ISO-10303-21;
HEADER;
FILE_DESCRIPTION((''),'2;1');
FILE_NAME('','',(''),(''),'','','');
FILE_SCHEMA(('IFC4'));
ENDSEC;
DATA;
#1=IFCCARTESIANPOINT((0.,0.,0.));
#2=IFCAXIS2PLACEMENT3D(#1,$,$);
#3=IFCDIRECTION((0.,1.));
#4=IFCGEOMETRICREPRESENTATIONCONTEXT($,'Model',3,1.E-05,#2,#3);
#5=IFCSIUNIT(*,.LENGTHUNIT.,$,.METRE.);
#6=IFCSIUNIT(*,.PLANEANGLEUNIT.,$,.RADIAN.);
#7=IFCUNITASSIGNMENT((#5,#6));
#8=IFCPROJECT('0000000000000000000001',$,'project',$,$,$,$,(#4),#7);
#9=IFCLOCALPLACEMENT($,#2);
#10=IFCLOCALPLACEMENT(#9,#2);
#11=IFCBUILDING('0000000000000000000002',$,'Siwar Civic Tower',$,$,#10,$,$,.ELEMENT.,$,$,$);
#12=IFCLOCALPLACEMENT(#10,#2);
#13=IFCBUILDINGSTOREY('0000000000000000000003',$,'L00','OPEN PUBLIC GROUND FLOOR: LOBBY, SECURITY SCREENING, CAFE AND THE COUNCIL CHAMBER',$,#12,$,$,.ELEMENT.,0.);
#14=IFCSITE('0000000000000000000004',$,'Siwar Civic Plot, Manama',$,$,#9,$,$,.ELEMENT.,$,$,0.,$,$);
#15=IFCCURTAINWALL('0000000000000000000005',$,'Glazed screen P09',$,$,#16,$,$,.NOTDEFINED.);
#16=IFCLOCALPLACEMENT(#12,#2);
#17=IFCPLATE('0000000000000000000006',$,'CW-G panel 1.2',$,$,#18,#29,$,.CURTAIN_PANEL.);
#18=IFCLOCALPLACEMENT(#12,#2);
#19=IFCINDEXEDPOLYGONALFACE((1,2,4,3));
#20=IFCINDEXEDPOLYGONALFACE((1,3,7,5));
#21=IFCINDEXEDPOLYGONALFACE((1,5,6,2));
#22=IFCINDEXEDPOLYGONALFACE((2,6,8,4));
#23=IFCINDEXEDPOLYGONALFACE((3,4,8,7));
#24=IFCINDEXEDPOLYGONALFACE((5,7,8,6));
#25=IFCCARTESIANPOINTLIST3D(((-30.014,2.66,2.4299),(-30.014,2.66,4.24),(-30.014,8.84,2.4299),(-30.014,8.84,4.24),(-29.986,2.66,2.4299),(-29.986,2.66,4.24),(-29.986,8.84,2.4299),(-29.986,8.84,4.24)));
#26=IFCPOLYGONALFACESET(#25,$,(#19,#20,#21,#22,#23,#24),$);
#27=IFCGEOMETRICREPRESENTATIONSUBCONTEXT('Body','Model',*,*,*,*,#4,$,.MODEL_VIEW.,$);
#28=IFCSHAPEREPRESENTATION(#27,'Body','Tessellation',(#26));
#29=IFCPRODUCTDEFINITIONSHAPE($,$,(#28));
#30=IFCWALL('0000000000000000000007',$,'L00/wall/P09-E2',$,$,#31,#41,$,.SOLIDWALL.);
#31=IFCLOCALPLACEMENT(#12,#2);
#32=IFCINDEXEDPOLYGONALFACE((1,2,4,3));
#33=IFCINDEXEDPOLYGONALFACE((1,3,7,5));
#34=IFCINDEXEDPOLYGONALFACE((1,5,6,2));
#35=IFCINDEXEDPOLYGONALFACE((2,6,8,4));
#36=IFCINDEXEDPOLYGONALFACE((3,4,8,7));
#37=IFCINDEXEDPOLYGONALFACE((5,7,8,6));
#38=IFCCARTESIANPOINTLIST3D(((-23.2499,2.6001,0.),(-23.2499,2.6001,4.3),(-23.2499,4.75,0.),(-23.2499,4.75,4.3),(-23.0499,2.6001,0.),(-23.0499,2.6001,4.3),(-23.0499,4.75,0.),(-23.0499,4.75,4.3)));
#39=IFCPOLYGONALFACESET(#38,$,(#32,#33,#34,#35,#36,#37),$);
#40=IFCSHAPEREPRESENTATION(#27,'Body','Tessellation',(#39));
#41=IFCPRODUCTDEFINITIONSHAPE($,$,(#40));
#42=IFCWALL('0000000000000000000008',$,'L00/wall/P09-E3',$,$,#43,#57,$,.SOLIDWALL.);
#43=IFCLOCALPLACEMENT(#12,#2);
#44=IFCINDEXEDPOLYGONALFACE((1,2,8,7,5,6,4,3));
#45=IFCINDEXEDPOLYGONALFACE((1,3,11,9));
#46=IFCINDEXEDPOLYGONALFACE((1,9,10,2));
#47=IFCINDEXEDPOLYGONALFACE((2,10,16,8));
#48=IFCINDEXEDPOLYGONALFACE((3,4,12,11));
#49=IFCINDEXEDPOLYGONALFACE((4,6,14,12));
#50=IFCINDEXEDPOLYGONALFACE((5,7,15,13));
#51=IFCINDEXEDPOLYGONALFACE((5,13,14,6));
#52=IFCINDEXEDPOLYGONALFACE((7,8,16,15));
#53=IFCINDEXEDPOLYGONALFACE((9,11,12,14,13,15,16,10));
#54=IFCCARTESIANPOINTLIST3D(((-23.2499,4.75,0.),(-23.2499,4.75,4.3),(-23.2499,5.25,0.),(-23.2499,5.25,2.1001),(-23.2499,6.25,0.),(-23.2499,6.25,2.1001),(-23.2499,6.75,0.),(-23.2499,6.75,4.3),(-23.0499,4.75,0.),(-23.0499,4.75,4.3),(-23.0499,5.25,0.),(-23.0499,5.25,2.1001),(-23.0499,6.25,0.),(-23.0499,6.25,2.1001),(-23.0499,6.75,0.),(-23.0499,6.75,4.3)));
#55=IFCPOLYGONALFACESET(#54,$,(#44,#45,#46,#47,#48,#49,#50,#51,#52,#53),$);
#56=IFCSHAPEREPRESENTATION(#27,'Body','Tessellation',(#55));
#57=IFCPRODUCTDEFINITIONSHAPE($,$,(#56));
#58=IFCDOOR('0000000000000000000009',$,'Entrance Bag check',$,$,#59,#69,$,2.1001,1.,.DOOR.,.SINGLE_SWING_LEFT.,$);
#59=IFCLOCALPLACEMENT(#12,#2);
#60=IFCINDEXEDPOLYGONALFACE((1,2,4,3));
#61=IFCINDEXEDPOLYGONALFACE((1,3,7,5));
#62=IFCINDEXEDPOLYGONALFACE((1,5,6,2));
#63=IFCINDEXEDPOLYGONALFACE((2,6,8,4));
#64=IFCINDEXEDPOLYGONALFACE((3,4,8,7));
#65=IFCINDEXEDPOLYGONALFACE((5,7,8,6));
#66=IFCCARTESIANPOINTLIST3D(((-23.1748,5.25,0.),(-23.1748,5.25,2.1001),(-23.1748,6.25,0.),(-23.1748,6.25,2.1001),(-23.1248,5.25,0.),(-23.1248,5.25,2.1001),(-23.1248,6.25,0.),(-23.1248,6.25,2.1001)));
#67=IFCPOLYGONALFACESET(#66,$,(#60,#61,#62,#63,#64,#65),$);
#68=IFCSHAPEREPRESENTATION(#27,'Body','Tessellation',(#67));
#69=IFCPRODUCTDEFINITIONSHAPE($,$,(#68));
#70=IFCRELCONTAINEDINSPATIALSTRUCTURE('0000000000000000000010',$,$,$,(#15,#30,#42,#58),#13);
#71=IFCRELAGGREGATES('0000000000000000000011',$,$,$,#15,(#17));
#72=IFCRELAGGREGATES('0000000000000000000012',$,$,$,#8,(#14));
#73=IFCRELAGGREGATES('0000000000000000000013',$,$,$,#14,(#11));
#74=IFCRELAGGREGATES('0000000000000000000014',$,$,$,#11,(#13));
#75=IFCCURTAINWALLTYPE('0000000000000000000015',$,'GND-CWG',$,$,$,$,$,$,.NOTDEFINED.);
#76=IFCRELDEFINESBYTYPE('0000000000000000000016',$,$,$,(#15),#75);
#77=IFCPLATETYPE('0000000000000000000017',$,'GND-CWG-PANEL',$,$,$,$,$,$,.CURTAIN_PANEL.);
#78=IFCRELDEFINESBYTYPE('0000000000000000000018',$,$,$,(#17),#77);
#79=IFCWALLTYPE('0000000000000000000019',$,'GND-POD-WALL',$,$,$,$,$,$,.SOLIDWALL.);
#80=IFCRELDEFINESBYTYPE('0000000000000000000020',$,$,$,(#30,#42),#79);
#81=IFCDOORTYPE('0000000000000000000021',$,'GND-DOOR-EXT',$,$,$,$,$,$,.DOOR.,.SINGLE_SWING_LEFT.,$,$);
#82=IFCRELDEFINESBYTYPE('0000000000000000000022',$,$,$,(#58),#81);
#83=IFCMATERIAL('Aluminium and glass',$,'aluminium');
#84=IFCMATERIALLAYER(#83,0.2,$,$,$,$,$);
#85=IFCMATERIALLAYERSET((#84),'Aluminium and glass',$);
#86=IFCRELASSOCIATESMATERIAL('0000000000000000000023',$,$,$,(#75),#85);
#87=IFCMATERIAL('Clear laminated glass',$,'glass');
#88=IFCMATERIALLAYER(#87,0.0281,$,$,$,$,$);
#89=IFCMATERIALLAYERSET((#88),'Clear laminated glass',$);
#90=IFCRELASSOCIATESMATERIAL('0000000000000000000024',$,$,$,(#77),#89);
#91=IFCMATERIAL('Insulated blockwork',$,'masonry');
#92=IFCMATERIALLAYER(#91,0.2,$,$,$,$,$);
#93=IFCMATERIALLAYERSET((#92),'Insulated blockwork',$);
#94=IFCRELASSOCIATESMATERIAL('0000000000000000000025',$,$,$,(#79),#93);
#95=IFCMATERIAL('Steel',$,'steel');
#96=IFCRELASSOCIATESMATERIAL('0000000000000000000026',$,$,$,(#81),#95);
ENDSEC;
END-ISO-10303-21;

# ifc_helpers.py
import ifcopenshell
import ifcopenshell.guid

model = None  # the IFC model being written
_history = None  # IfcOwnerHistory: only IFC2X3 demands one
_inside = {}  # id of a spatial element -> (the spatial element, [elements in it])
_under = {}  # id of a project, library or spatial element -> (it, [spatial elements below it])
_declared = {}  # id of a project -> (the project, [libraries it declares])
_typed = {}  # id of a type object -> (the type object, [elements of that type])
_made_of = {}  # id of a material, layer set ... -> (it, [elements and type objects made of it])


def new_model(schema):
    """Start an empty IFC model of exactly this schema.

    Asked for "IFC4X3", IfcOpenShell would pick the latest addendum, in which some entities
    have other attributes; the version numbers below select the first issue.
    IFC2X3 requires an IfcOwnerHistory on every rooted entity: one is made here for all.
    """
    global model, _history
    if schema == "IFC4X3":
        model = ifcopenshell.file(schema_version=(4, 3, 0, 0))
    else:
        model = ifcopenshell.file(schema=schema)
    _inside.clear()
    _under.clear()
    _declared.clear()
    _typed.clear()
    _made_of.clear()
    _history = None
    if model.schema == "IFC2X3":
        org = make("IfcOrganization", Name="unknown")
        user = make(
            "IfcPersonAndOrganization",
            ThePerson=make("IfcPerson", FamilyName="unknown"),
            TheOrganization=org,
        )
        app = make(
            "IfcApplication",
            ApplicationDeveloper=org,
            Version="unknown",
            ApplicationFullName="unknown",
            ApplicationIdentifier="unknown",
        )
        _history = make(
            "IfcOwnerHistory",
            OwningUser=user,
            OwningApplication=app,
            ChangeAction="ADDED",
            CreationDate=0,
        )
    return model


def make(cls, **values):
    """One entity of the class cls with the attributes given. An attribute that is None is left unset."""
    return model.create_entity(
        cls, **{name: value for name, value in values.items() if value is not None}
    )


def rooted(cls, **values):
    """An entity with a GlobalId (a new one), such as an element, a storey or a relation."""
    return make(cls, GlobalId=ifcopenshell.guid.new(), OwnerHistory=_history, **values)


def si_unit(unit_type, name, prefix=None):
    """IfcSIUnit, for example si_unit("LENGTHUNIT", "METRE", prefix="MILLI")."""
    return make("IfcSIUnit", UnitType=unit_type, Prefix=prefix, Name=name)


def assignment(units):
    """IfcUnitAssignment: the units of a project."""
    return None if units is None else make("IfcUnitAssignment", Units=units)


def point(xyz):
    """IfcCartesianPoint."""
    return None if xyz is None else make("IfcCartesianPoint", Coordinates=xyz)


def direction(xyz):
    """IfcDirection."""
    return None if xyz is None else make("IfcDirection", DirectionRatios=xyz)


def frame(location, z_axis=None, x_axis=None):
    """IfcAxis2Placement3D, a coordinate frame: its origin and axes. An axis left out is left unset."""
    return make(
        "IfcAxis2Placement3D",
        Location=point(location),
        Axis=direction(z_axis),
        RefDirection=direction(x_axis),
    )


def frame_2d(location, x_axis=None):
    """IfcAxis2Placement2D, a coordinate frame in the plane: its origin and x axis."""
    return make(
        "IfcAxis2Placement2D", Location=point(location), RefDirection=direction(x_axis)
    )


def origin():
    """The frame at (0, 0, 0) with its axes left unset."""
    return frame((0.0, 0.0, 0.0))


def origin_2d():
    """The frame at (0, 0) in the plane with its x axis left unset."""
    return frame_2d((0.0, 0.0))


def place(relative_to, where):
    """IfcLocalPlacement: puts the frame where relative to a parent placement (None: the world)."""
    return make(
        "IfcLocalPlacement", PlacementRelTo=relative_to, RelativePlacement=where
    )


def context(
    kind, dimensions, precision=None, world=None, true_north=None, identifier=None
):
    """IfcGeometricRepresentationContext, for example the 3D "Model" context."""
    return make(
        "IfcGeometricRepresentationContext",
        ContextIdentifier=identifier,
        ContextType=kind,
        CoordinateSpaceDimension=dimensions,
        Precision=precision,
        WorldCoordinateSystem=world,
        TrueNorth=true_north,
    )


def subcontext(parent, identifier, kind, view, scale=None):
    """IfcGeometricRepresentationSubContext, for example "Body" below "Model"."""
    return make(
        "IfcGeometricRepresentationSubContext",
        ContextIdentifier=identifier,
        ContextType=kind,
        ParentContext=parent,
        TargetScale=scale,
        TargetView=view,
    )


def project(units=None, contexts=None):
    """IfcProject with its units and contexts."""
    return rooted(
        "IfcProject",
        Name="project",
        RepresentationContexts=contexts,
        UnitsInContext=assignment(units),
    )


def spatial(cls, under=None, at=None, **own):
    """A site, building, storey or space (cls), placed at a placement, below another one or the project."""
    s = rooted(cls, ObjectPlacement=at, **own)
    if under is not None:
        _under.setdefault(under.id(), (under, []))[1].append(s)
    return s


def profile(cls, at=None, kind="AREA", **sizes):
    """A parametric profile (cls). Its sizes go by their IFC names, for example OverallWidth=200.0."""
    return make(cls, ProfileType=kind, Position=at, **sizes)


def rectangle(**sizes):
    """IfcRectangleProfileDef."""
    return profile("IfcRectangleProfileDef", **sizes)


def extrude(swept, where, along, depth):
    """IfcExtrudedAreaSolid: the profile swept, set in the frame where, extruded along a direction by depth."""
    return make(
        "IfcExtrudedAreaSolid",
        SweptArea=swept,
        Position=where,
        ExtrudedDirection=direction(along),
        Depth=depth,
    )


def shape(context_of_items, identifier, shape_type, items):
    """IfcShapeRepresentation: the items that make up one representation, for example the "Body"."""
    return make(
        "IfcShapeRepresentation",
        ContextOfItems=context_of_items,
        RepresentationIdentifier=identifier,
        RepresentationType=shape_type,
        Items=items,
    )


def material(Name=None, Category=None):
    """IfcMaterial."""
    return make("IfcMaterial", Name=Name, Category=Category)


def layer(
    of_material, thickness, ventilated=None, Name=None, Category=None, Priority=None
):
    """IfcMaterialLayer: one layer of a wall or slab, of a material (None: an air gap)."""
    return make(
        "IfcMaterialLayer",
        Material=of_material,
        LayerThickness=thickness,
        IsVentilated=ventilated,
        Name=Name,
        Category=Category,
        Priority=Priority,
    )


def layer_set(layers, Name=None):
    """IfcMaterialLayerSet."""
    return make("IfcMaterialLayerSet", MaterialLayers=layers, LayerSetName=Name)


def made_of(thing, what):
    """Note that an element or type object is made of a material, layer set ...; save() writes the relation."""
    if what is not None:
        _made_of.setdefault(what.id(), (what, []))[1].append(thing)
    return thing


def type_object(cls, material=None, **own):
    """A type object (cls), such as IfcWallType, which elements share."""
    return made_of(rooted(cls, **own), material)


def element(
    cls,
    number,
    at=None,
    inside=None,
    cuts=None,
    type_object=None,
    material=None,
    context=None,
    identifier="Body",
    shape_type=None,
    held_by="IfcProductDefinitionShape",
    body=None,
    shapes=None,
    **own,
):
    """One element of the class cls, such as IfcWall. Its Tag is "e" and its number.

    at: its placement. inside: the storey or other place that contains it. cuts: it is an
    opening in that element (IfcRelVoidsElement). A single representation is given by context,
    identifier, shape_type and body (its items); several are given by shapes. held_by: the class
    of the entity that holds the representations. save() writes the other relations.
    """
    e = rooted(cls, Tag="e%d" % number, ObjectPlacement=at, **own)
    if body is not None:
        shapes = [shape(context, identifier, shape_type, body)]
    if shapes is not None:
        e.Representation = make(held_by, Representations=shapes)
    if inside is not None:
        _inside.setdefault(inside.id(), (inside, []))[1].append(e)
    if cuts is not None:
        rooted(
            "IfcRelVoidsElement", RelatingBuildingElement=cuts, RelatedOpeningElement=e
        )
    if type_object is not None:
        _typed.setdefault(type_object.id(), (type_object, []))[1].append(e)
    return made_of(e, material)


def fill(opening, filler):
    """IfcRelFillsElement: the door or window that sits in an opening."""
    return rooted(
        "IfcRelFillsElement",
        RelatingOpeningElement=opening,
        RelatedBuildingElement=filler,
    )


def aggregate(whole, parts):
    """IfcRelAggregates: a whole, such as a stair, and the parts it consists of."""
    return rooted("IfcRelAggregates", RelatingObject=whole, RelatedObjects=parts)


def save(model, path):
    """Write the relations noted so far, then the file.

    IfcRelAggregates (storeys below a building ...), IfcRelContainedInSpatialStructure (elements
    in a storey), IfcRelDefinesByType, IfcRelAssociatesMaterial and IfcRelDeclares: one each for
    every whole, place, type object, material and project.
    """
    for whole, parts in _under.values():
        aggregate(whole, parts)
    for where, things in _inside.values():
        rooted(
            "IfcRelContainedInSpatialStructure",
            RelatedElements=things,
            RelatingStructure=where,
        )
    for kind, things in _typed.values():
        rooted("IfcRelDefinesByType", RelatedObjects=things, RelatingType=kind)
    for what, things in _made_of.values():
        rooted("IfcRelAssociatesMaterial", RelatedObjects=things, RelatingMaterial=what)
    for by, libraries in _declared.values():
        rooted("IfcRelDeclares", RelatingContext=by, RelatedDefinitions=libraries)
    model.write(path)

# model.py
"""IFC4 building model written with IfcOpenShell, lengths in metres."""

from ifc_helpers import new_model, si_unit, direction, frame, frame_2d, origin, origin_2d, place, context, subcontext, project, spatial, rectangle, extrude, material, layer, layer_set, type_object, element, fill, aggregate, save


model = new_model("IFC4")

# Units and contexts
model_context = context("Model", 3, precision=1e-05, world=origin(), true_north=direction((0.0, 1.0)))
body_context = subcontext(model_context, "Body", "Model", "MODEL_VIEW")
ifc_project = project(units=[si_unit("LENGTHUNIT", "METRE"), si_unit("PLANEANGLEUNIT", "RADIAN")], contexts=[model_context])

# Site, building, storey
site_placement = place(None, origin())
site = spatial("IfcSite", under=ifc_project, at=site_placement, Name="Siwar Civic Plot, Manama", CompositionType="ELEMENT", RefElevation=0.0)
building_placement = place(site_placement, origin())
building = spatial("IfcBuilding", under=site, at=building_placement, Name="Siwar Civic Tower", CompositionType="ELEMENT")
storey_placement = place(building_placement, origin())
storey = spatial("IfcBuildingStorey", under=building, at=storey_placement, Name="L00", Description="OPEN PUBLIC GROUND FLOOR: LOBBY, SECURITY SCREENING, CAFE AND THE COUNCIL CHAMBER", CompositionType="ELEMENT", Elevation=0.0)

# Shared definitions
ifc_material_1 = material(Name="Aluminium and glass", Category="aluminium")
ifc_layer_1 = layer(ifc_material_1, 0.2)
ifc_layer_set_1 = layer_set([ifc_layer_1], Name="Aluminium and glass")
curtain_wall_type = type_object("IfcCurtainWallType", Name="GND-CWG", PredefinedType="NOTDEFINED", material=ifc_layer_set_1)

# Curtain wall
curtain_wall_1_placement = place(storey_placement, origin())
curtain_wall_1 = element("IfcCurtainWall", 1, at=curtain_wall_1_placement, inside=storey, type_object=curtain_wall_type, Name="Glazed screen P09", PredefinedType="NOTDEFINED")

# Plate
ifc_material_2 = material(Name="Clear laminated glass", Category="glass")
ifc_layer_2 = layer(ifc_material_2, 0.0281)
ifc_layer_set_2 = layer_set([ifc_layer_2], Name="Clear laminated glass")
plate_type = type_object("IfcPlateType", Name="GND-CWG-PANEL", PredefinedType="CURTAIN_PANEL", material=ifc_layer_set_2)
plate_1_placement = place(storey_placement, frame((-30.0, 5.75, 2.4299), z_axis=(0.0, 0.0, 1.0), x_axis=(0.0, 1.0, 0.0)))
plate_1 = element("IfcPlate", 2, at=plate_1_placement, type_object=plate_type, Name="CW-G panel 1.2", PredefinedType="CURTAIN_PANEL", context=body_context, shape_type="SweptSolid", body=[
    extrude(rectangle(XDim=6.1799, YDim=0.0281, at=origin_2d()), origin(), (0.0, 0.0, 1.0), 1.8101),
])
aggregate(curtain_wall_1, [plate_1])

# Wall
ifc_material_3 = material(Name="Insulated blockwork", Category="masonry")
ifc_layer_3 = layer(ifc_material_3, 0.2)
ifc_layer_set_3 = layer_set([ifc_layer_3], Name="Insulated blockwork")
wall_type = type_object("IfcWallType", Name="GND-POD-WALL", PredefinedType="SOLIDWALL", material=ifc_layer_set_3)
wall_1_placement = place(storey_placement, frame((-23.1499, 2.6001, 0.0), z_axis=(0.0, 0.0, 1.0), x_axis=(0.0, 1.0, 0.0)))
element("IfcWall", 3, at=wall_1_placement, inside=storey, type_object=wall_type, Name="L00/wall/P09-E2", PredefinedType="SOLIDWALL", context=body_context, shape_type="SweptSolid", body=[
    extrude(rectangle(XDim=2.1499, YDim=0.2, at=frame_2d((1.075, 0.0))), origin(), (0.0, 0.0, 1.0), 4.3),
])

# Wall, opening, door
wall_2_placement = place(storey_placement, frame((-23.1499, 4.75, 0.0), z_axis=(0.0, 0.0, 1.0), x_axis=(0.0, 1.0, 0.0)))
wall_2 = element("IfcWall", 4, at=wall_2_placement, inside=storey, type_object=wall_type, Name="L00/wall/P09-E3", PredefinedType="SOLIDWALL", context=body_context, shape_type="SweptSolid", body=[
    extrude(rectangle(XDim=2.0, YDim=0.2, at=frame_2d((1.0, 0.0))), origin(), (0.0, 0.0, 1.0), 4.3),
])
opening_placement = place(wall_2_placement, frame((0.5, 0.0, 0.0)))
opening = element("IfcOpeningElement", 5, at=opening_placement, cuts=wall_2, PredefinedType="OPENING", context=body_context, shape_type="SweptSolid", body=[
    extrude(rectangle(XDim=1.0, YDim=2.1001, at=frame_2d((0.5, 1.05))), frame((0.0, 0.1099, 0.0), z_axis=(0.0, -1.0, 0.0), x_axis=(1.0, 0.0, 0.0)), (0.0, 0.0, 1.0), 0.22),
])
ifc_material_4 = material(Name="Steel", Category="steel")
door_type = type_object("IfcDoorType", Name="GND-DOOR-EXT", OperationType="SINGLE_SWING_LEFT", PredefinedType="DOOR", material=ifc_material_4)
door_placement = place(opening_placement, frame((1.0, 0.0, 0.0), z_axis=(0.0, 0.0, 1.0), x_axis=(-1.0, 0.0, 0.0)))
door = element("IfcDoor", 6, at=door_placement, inside=storey, type_object=door_type, Name="Entrance Bag check", OperationType="SINGLE_SWING_LEFT", OverallHeight=2.1001, OverallWidth=1.0, PredefinedType="DOOR", context=body_context, shape_type="SweptSolid", body=[
    extrude(rectangle(XDim=1.0, YDim=2.1001, at=frame_2d((0.5, 1.05))), frame((0.0, 0.0251, 0.0), z_axis=(0.0, -1.0, 0.0), x_axis=(1.0, 0.0, 0.0)), (0.0, 0.0, 1.0), 0.05),
])
fill(opening, door)

save(model, "model.ifc")
